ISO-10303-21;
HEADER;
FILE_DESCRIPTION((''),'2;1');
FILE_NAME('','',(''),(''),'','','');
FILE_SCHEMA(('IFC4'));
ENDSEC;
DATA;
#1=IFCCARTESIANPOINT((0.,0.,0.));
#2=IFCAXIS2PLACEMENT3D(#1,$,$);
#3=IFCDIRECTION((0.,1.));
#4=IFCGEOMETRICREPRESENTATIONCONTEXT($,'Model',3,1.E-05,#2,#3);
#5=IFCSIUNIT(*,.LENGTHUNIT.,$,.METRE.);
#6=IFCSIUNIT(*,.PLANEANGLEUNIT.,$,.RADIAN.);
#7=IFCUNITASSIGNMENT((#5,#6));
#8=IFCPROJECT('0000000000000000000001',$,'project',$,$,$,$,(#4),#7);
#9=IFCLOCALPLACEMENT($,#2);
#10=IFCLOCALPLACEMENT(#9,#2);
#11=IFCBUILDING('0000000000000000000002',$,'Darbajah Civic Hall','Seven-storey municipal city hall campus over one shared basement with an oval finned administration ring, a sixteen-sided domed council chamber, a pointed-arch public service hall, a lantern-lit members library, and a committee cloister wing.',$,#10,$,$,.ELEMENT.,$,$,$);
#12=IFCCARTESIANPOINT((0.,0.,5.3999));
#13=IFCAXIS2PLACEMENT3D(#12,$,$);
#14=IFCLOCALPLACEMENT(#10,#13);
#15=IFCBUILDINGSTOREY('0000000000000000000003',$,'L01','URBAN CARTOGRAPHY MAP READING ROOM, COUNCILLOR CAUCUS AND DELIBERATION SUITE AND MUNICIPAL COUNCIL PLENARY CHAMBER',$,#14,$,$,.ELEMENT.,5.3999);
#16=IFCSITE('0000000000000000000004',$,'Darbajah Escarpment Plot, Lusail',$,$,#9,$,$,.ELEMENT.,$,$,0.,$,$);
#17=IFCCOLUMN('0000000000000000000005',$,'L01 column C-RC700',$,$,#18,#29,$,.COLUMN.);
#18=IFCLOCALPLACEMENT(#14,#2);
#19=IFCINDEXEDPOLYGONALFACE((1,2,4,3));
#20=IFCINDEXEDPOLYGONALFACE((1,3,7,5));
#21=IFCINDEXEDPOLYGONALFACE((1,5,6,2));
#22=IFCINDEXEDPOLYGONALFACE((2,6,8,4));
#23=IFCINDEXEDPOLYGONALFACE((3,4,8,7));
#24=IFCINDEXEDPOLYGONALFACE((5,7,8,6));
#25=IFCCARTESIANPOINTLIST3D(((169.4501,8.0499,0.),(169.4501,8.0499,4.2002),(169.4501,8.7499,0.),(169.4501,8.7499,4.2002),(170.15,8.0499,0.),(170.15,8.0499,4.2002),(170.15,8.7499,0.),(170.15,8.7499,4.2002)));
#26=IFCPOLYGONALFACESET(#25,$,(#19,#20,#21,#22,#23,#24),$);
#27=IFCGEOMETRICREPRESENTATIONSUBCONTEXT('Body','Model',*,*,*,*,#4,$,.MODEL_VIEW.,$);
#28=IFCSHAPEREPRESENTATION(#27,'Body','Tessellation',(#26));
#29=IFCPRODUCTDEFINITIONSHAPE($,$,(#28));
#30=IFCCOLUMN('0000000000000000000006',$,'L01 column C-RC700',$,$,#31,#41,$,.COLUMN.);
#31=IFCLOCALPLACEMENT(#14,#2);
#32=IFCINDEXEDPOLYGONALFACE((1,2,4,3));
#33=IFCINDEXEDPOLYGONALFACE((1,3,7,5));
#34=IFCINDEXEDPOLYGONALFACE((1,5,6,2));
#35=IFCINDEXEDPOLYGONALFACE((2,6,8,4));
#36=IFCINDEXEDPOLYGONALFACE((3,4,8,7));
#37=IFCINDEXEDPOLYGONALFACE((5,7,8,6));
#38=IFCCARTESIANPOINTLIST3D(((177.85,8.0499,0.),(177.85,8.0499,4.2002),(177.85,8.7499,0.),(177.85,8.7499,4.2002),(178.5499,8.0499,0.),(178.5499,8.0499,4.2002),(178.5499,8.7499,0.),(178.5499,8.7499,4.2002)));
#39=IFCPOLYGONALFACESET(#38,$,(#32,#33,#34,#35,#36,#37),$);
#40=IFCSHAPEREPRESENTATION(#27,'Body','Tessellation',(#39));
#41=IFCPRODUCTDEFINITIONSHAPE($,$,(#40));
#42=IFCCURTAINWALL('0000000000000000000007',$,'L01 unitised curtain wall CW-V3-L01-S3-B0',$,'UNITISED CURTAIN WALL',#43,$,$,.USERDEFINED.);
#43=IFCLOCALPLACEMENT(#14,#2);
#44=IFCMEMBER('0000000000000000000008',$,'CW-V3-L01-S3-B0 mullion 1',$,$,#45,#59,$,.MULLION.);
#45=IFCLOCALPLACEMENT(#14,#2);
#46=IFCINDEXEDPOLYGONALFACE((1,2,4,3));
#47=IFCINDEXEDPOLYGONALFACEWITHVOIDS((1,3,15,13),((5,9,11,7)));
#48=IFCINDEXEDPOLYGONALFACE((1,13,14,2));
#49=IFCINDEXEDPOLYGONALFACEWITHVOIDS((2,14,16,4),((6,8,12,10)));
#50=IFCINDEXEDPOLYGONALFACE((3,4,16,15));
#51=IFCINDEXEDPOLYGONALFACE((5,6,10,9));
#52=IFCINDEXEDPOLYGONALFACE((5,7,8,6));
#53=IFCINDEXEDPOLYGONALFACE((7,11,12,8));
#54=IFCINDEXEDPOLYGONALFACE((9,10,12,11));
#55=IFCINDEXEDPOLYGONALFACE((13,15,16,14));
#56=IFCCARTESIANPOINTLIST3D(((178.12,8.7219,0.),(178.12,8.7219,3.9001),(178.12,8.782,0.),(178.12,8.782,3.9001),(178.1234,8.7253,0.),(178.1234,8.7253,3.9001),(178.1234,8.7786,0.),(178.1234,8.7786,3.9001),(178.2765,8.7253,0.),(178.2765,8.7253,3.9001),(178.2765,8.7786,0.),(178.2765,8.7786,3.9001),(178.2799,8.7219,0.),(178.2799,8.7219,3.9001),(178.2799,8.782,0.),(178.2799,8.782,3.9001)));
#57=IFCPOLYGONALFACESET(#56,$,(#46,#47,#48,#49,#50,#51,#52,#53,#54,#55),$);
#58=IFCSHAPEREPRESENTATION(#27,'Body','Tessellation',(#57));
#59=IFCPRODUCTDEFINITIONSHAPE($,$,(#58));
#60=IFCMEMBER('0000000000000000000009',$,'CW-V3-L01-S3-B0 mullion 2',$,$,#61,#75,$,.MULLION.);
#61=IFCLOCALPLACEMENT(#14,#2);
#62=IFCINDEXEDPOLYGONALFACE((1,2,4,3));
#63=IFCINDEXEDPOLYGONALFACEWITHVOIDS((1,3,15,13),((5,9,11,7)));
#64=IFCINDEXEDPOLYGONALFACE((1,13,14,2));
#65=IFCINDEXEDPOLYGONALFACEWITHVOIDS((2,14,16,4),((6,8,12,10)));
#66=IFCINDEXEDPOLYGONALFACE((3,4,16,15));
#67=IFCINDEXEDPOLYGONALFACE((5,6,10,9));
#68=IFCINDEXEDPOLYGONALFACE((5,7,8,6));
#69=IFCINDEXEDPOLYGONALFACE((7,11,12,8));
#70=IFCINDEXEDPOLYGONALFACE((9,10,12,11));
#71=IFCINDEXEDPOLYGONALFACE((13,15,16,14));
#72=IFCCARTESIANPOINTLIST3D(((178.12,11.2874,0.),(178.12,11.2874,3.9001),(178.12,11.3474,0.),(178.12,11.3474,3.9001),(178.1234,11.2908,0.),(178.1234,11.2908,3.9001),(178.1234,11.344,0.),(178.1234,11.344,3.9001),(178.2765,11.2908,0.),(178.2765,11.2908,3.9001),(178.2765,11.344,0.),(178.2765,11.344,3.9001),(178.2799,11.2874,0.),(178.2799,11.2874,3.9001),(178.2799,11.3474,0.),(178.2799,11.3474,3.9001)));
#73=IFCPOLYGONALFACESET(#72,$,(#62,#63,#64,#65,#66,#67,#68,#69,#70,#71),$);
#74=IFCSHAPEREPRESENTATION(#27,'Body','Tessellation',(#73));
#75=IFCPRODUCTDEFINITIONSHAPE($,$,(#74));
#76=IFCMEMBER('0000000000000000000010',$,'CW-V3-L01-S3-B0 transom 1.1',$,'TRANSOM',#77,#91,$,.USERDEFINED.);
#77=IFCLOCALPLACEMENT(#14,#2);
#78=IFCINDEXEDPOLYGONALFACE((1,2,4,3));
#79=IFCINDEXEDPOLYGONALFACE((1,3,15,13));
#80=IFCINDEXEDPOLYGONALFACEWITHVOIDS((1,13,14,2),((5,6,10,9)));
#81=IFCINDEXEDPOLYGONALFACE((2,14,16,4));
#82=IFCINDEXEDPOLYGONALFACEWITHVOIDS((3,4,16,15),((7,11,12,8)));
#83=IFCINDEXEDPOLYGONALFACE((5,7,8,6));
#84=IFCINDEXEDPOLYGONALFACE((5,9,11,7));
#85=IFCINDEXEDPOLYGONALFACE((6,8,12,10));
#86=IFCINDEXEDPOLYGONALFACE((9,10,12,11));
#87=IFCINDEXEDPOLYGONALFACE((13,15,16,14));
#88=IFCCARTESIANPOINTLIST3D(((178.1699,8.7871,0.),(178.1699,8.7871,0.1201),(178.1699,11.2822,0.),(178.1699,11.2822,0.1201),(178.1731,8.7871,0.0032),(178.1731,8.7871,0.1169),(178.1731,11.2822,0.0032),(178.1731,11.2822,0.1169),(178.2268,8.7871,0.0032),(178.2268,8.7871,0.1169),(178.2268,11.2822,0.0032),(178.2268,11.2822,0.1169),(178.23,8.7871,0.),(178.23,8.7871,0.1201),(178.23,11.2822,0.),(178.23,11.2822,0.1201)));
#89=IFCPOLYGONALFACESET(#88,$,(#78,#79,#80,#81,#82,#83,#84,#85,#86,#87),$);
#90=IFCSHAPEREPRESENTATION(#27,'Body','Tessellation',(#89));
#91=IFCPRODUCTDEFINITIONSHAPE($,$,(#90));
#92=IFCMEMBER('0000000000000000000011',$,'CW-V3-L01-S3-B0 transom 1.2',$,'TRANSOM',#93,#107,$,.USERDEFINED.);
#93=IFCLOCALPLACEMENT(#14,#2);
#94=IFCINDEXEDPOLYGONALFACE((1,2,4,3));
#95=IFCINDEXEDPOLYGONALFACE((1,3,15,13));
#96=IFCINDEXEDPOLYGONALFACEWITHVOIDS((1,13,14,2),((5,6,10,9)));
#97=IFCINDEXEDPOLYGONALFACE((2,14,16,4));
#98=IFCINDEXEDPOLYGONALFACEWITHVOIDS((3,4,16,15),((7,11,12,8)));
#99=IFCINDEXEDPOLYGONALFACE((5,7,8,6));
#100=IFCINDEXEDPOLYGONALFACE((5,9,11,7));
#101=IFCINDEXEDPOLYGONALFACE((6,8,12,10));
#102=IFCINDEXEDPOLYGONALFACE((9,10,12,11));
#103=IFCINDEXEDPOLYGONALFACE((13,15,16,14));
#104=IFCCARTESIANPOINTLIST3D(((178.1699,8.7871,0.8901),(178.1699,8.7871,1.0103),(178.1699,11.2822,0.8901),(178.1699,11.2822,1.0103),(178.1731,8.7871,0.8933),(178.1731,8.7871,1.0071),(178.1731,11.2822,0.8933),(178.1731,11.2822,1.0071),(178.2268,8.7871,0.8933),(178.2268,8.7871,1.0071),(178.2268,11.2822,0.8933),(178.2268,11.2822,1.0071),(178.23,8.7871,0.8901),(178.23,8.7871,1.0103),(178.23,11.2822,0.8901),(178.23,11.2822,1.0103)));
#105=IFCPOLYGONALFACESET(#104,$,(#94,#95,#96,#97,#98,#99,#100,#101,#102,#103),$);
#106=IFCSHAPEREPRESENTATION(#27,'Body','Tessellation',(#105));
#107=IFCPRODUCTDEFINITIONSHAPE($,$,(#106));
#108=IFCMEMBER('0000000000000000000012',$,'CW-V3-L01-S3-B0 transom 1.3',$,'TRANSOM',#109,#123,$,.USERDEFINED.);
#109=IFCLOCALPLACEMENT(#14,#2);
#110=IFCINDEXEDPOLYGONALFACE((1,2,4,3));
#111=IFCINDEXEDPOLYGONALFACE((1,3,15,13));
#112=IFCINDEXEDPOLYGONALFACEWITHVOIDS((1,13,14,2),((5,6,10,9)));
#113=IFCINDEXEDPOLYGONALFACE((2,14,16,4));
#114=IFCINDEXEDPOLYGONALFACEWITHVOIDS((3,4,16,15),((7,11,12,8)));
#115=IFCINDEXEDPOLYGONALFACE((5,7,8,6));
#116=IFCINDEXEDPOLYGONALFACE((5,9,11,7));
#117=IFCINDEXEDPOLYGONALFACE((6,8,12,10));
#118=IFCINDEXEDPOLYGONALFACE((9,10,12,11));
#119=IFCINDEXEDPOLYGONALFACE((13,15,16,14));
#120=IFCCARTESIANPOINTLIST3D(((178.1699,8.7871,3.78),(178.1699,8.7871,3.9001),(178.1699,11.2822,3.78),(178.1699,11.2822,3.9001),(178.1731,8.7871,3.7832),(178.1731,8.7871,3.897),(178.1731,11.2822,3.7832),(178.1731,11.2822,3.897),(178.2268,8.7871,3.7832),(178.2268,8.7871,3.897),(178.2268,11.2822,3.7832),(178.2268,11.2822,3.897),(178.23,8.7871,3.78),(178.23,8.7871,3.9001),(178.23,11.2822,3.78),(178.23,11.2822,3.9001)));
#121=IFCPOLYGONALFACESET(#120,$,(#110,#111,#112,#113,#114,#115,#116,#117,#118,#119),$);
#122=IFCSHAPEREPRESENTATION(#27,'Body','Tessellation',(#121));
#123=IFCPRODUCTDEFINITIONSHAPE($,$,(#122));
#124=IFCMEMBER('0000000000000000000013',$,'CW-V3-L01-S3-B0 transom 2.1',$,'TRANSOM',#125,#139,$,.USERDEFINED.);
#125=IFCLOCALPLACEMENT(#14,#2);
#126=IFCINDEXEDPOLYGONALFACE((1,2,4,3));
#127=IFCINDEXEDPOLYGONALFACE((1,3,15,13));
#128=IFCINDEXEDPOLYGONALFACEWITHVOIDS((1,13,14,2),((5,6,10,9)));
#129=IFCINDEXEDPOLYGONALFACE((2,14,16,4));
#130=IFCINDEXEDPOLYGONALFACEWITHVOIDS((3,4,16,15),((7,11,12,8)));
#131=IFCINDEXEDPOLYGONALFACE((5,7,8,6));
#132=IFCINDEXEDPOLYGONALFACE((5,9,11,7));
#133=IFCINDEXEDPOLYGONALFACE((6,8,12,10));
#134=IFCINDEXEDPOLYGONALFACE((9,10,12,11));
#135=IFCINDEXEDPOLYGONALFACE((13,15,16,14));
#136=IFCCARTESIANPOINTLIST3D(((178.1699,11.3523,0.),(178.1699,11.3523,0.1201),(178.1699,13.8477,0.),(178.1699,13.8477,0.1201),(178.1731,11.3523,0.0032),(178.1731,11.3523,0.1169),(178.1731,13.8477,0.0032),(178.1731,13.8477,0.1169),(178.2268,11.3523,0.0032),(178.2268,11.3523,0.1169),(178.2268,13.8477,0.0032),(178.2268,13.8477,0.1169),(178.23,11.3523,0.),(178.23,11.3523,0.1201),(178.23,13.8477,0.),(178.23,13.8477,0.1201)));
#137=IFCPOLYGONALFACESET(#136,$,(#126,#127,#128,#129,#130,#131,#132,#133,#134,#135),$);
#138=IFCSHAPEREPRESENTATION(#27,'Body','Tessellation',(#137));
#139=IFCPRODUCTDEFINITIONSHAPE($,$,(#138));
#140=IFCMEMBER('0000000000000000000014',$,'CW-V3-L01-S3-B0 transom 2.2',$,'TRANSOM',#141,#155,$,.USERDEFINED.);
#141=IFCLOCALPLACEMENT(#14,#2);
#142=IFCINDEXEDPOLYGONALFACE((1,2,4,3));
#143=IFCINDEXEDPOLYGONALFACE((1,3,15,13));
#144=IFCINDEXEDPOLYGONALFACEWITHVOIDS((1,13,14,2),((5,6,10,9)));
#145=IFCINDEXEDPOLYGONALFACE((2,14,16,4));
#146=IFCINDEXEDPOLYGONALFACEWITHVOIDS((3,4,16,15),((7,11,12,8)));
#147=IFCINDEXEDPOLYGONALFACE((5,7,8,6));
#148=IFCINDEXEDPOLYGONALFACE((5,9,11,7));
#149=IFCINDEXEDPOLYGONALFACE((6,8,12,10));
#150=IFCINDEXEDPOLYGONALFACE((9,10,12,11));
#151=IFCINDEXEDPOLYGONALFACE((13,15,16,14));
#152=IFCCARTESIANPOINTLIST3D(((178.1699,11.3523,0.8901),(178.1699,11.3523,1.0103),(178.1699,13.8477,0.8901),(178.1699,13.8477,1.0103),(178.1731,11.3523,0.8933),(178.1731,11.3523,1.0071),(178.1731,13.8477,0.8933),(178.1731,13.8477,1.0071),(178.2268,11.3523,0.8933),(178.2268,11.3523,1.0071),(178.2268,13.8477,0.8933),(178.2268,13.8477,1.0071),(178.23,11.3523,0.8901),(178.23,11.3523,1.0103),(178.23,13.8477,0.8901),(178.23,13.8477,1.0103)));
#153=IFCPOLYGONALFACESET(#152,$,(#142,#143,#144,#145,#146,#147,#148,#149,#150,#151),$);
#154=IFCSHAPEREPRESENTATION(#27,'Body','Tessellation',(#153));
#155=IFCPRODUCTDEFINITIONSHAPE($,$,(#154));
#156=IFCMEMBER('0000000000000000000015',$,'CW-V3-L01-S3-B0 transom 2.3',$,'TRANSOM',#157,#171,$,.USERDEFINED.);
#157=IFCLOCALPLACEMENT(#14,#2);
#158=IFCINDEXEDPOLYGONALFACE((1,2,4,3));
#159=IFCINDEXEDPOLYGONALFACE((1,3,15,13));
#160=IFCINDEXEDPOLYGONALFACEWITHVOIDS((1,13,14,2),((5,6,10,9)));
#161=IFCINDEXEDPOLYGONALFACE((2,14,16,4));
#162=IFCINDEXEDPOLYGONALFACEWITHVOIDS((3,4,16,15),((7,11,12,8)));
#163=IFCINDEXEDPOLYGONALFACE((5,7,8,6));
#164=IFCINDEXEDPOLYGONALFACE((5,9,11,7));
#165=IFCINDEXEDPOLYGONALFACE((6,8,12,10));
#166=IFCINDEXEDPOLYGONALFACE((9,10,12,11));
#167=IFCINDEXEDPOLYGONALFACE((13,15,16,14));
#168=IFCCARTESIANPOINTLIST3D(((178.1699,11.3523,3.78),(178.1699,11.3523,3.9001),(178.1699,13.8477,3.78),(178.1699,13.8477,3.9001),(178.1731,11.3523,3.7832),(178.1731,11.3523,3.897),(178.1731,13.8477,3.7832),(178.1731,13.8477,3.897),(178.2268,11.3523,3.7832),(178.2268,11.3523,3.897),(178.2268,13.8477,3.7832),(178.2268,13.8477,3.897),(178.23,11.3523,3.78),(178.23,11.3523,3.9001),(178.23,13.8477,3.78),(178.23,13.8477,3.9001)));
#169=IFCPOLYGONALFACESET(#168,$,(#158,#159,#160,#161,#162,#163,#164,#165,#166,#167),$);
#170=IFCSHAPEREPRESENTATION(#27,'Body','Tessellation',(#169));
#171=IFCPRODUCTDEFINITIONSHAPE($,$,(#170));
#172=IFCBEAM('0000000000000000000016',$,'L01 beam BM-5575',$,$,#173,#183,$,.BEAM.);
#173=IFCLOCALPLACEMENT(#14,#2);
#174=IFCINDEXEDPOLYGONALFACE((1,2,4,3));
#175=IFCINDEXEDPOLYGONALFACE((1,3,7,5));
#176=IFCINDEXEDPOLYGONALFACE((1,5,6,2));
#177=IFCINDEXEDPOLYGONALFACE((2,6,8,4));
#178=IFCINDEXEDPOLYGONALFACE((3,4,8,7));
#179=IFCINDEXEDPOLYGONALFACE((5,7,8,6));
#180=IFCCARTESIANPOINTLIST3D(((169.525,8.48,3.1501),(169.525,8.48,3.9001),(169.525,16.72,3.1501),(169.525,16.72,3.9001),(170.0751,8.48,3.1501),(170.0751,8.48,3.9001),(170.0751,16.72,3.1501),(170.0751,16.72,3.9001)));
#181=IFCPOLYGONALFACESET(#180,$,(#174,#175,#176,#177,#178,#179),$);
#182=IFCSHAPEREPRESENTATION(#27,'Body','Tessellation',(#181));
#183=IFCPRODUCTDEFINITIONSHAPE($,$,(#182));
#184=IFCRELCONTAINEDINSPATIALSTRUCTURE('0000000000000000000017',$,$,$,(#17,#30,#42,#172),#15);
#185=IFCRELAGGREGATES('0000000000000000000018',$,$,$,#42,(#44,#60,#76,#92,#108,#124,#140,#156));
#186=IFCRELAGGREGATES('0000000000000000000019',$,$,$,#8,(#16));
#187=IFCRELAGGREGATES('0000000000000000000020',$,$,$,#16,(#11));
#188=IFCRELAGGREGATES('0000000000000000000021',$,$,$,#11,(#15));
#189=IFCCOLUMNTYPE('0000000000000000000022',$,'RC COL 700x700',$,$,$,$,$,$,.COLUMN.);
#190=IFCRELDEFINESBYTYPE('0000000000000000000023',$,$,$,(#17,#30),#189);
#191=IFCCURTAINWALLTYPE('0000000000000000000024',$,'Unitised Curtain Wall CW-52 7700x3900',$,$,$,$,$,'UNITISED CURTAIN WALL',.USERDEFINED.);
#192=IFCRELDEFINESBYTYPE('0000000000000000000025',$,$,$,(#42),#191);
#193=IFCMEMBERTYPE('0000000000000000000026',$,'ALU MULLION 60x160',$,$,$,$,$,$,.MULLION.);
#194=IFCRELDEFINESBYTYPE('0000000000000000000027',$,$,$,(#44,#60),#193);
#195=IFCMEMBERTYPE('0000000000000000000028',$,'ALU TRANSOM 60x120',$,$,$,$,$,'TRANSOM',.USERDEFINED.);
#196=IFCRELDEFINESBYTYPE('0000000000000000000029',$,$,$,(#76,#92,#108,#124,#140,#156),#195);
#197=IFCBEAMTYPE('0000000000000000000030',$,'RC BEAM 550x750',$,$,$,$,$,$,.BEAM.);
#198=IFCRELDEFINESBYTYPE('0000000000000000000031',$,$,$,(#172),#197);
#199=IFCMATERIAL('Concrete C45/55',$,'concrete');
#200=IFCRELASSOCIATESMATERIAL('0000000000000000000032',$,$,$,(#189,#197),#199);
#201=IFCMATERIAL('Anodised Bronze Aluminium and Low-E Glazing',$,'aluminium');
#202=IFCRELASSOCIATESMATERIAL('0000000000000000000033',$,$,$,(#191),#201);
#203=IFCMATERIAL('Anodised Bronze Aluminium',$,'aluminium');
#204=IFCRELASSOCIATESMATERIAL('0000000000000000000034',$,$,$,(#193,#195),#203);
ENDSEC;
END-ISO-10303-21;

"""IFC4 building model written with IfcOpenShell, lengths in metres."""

from ifc_helpers import new_model, si_unit, direction, frame, origin, origin_2d, place, context, subcontext, project, spatial, rectangle, hollow_rectangle, extrude, material, material_profile, profile_set, type_object, element, aggregate, save


model = new_model("IFC4")

# Units and contexts
model_context = context("Model", 3, precision=1e-05, world=origin(), true_north=direction((0.0, 1.0)))
body_context = subcontext(model_context, "Body", "Model", "MODEL_VIEW")
ifc_project = project(units=[si_unit("LENGTHUNIT", "METRE"), si_unit("PLANEANGLEUNIT", "RADIAN")], contexts=[model_context])

# Site, building, storey
site_placement = place(None, origin())
site = spatial("IfcSite", under=ifc_project, at=site_placement, Name="Darbajah Escarpment Plot, Lusail", CompositionType="ELEMENT", RefElevation=0.0)
building_placement = place(site_placement, origin())
building = spatial("IfcBuilding", under=site, at=building_placement, Name="Darbajah Civic Hall", Description="Seven-storey municipal city hall campus over one shared basement with an oval finned administration ring, a sixteen-sided domed council chamber, a pointed-arch public service hall, a lantern-lit members library, and a committee cloister wing.", CompositionType="ELEMENT")
storey_placement = place(building_placement, frame((0.0, 0.0, 5.3999)))
storey = spatial("IfcBuildingStorey", under=building, at=storey_placement, Name="L01", Description="URBAN CARTOGRAPHY MAP READING ROOM, COUNCILLOR CAUCUS AND DELIBERATION SUITE AND MUNICIPAL COUNCIL PLENARY CHAMBER", CompositionType="ELEMENT", Elevation=5.3999)

# Columns
ifc_material_1 = material(Name="Concrete C45/55", Category="concrete")
ifc_material_profile_1 = material_profile(ifc_material_1, rectangle(XDim=0.7, YDim=0.7, at=origin_2d()), Name="RC COL 700x700")
ifc_profile_set_1 = profile_set([ifc_material_profile_1], Name="Concrete C45/55")
column_type = type_object("IfcColumnType", Name="RC COL 700x700", PredefinedType="COLUMN", material=ifc_profile_set_1)
for number, where, z_axis, x_axis, name in (
    (1, (169.8, 8.3999, 0.0), (0.0, 0.0, 1.0), (1.0, 0.0, 0.0), "L01 column C-RC700"),
    (2, (178.2, 8.3999, 0.0), (0.0, 0.0, 1.0), (1.0, 0.0, 0.0), "L01 column C-RC700"),
):
    element("IfcColumn", number, at=place(storey_placement, frame(where, z_axis=z_axis, x_axis=x_axis)), inside=storey, type_object=column_type, Name=name, PredefinedType="COLUMN", context=body_context, shape_type="SweptSolid", body=[
        extrude(rectangle(XDim=0.7, YDim=0.7, at=origin_2d()), origin(), (0.0, 0.0, 1.0), 4.2002),
    ])

# Curtain wall, members
ifc_material_2 = material(Name="Anodised Bronze Aluminium and Low-E Glazing", Category="aluminium")
curtain_wall_type = type_object("IfcCurtainWallType", Name="Unitised Curtain Wall CW-52 7700x3900", ElementType="UNITISED CURTAIN WALL", PredefinedType="USERDEFINED", material=ifc_material_2)
curtain_wall_placement = place(storey_placement, origin())
curtain_wall = element("IfcCurtainWall", 3, at=curtain_wall_placement, inside=storey, type_object=curtain_wall_type, Name="L01 unitised curtain wall CW-V3-L01-S3-B0", ObjectType="UNITISED CURTAIN WALL", PredefinedType="USERDEFINED")
ifc_material_3 = material(Name="Anodised Bronze Aluminium", Category="aluminium")
ifc_material_profile_2 = material_profile(ifc_material_3, hollow_rectangle(XDim=0.0601, YDim=0.1599, WallThickness=0.0034, at=origin_2d()), Name="ALU MULLION 60x160")
ifc_profile_set_2 = profile_set([ifc_material_profile_2], Name="Anodised Bronze Aluminium")
member_type_1 = type_object("IfcMemberType", Name="ALU MULLION 60x160", PredefinedType="MULLION", material=ifc_profile_set_2)
member_1_placement = place(storey_placement, frame((178.2, 8.752, 0.0), z_axis=(0.0, 0.0, 1.0), x_axis=(0.0, 1.0, 0.0)))
member_1 = element("IfcMember", 4, at=member_1_placement, type_object=member_type_1, Name="CW-V3-L01-S3-B0 mullion 1", PredefinedType="MULLION", context=body_context, shape_type="SweptSolid", body=[
    extrude(hollow_rectangle(XDim=0.0601, YDim=0.1599, WallThickness=0.0034, at=origin_2d()), origin(), (0.0, 0.0, 1.0), 3.9001),
])
member_2_placement = place(storey_placement, frame((178.2, 11.3174, 0.0), z_axis=(0.0, 0.0, 1.0), x_axis=(0.0, 1.0, 0.0)))
member_2 = element("IfcMember", 5, at=member_2_placement, type_object=member_type_1, Name="CW-V3-L01-S3-B0 mullion 2", PredefinedType="MULLION", context=body_context, shape_type="SweptSolid", body=[
    extrude(hollow_rectangle(XDim=0.0601, YDim=0.1599, WallThickness=0.0034, at=origin_2d()), origin(), (0.0, 0.0, 1.0), 3.9001),
])
ifc_material_profile_3 = material_profile(ifc_material_3, hollow_rectangle(XDim=0.0601, YDim=0.1201, WallThickness=0.0032, at=origin_2d()), Name="ALU TRANSOM 60x120")
ifc_profile_set_3 = profile_set([ifc_material_profile_3], Name="Anodised Bronze Aluminium")
member_type_2 = type_object("IfcMemberType", Name="ALU TRANSOM 60x120", ElementType="TRANSOM", PredefinedType="USERDEFINED", material=ifc_profile_set_3)
member_3_placement = place(storey_placement, frame((178.2, 8.7871, 0.0601), z_axis=(0.0, 1.0, 0.0), x_axis=(-1.0, 0.0, 0.0)))
member_3 = element("IfcMember", 6, at=member_3_placement, type_object=member_type_2, Name="CW-V3-L01-S3-B0 transom 1.1", ObjectType="TRANSOM", PredefinedType="USERDEFINED", context=body_context, shape_type="SweptSolid", body=[
    extrude(hollow_rectangle(XDim=0.0601, YDim=0.1201, WallThickness=0.0032, at=origin_2d()), origin(), (0.0, 0.0, 1.0), 2.4951),
])
member_4_placement = place(storey_placement, frame((178.2, 8.7871, 0.9502), z_axis=(0.0, 1.0, 0.0), x_axis=(-1.0, 0.0, 0.0)))
member_4 = element("IfcMember", 7, at=member_4_placement, type_object=member_type_2, Name="CW-V3-L01-S3-B0 transom 1.2", ObjectType="TRANSOM", PredefinedType="USERDEFINED", context=body_context, shape_type="SweptSolid", body=[
    extrude(hollow_rectangle(XDim=0.0601, YDim=0.1201, WallThickness=0.0032, at=origin_2d()), origin(), (0.0, 0.0, 1.0), 2.4951),
])
member_5_placement = place(storey_placement, frame((178.2, 8.7871, 3.8401), z_axis=(0.0, 1.0, 0.0), x_axis=(-1.0, 0.0, 0.0)))
member_5 = element("IfcMember", 8, at=member_5_placement, type_object=member_type_2, Name="CW-V3-L01-S3-B0 transom 1.3", ObjectType="TRANSOM", PredefinedType="USERDEFINED", context=body_context, shape_type="SweptSolid", body=[
    extrude(hollow_rectangle(XDim=0.0601, YDim=0.1201, WallThickness=0.0032, at=origin_2d()), origin(), (0.0, 0.0, 1.0), 2.4951),
])
member_6_placement = place(storey_placement, frame((178.2, 11.3523, 0.0601), z_axis=(0.0, 1.0, 0.0), x_axis=(-1.0, 0.0, 0.0)))
member_6 = element("IfcMember", 9, at=member_6_placement, type_object=member_type_2, Name="CW-V3-L01-S3-B0 transom 2.1", ObjectType="TRANSOM", PredefinedType="USERDEFINED", context=body_context, shape_type="SweptSolid", body=[
    extrude(hollow_rectangle(XDim=0.0601, YDim=0.1201, WallThickness=0.0032, at=origin_2d()), origin(), (0.0, 0.0, 1.0), 2.4954),
])
member_7_placement = place(storey_placement, frame((178.2, 11.3523, 0.9502), z_axis=(0.0, 1.0, 0.0), x_axis=(-1.0, 0.0, 0.0)))
member_7 = element("IfcMember", 10, at=member_7_placement, type_object=member_type_2, Name="CW-V3-L01-S3-B0 transom 2.2", ObjectType="TRANSOM", PredefinedType="USERDEFINED", context=body_context, shape_type="SweptSolid", body=[
    extrude(hollow_rectangle(XDim=0.0601, YDim=0.1201, WallThickness=0.0032, at=origin_2d()), origin(), (0.0, 0.0, 1.0), 2.4954),
])
member_8_placement = place(storey_placement, frame((178.2, 11.3523, 3.8401), z_axis=(0.0, 1.0, 0.0), x_axis=(-1.0, 0.0, 0.0)))
member_8 = element("IfcMember", 11, at=member_8_placement, type_object=member_type_2, Name="CW-V3-L01-S3-B0 transom 2.3", ObjectType="TRANSOM", PredefinedType="USERDEFINED", context=body_context, shape_type="SweptSolid", body=[
    extrude(hollow_rectangle(XDim=0.0601, YDim=0.1201, WallThickness=0.0032, at=origin_2d()), origin(), (0.0, 0.0, 1.0), 2.4954),
])

# Beam
ifc_material_profile_4 = material_profile(ifc_material_1, rectangle(XDim=0.55, YDim=0.75, at=origin_2d()), Name="RC BEAM 550x750")
ifc_profile_set_4 = profile_set([ifc_material_profile_4], Name="Concrete C45/55")
beam_type_1 = type_object("IfcBeamType", Name="RC BEAM 550x750", PredefinedType="BEAM", material=ifc_profile_set_4)
beam_1_placement = place(storey_placement, frame((169.8, 8.48, 3.5251), z_axis=(0.0, 1.0, 0.0), x_axis=(-1.0, 0.0, 0.0)))
element("IfcBeam", 12, at=beam_1_placement, inside=storey, type_object=beam_type_1, Name="L01 beam BM-5575", PredefinedType="BEAM", context=body_context, shape_type="SweptSolid", body=[
    extrude(rectangle(XDim=0.55, YDim=0.75, at=origin_2d()), origin(), (0.0, 0.0, 1.0), 8.24),
])

aggregate(curtain_wall, [member_1, member_2, member_3, member_4, member_5, member_6, member_7, member_8])

save(model, "model.ifc")
